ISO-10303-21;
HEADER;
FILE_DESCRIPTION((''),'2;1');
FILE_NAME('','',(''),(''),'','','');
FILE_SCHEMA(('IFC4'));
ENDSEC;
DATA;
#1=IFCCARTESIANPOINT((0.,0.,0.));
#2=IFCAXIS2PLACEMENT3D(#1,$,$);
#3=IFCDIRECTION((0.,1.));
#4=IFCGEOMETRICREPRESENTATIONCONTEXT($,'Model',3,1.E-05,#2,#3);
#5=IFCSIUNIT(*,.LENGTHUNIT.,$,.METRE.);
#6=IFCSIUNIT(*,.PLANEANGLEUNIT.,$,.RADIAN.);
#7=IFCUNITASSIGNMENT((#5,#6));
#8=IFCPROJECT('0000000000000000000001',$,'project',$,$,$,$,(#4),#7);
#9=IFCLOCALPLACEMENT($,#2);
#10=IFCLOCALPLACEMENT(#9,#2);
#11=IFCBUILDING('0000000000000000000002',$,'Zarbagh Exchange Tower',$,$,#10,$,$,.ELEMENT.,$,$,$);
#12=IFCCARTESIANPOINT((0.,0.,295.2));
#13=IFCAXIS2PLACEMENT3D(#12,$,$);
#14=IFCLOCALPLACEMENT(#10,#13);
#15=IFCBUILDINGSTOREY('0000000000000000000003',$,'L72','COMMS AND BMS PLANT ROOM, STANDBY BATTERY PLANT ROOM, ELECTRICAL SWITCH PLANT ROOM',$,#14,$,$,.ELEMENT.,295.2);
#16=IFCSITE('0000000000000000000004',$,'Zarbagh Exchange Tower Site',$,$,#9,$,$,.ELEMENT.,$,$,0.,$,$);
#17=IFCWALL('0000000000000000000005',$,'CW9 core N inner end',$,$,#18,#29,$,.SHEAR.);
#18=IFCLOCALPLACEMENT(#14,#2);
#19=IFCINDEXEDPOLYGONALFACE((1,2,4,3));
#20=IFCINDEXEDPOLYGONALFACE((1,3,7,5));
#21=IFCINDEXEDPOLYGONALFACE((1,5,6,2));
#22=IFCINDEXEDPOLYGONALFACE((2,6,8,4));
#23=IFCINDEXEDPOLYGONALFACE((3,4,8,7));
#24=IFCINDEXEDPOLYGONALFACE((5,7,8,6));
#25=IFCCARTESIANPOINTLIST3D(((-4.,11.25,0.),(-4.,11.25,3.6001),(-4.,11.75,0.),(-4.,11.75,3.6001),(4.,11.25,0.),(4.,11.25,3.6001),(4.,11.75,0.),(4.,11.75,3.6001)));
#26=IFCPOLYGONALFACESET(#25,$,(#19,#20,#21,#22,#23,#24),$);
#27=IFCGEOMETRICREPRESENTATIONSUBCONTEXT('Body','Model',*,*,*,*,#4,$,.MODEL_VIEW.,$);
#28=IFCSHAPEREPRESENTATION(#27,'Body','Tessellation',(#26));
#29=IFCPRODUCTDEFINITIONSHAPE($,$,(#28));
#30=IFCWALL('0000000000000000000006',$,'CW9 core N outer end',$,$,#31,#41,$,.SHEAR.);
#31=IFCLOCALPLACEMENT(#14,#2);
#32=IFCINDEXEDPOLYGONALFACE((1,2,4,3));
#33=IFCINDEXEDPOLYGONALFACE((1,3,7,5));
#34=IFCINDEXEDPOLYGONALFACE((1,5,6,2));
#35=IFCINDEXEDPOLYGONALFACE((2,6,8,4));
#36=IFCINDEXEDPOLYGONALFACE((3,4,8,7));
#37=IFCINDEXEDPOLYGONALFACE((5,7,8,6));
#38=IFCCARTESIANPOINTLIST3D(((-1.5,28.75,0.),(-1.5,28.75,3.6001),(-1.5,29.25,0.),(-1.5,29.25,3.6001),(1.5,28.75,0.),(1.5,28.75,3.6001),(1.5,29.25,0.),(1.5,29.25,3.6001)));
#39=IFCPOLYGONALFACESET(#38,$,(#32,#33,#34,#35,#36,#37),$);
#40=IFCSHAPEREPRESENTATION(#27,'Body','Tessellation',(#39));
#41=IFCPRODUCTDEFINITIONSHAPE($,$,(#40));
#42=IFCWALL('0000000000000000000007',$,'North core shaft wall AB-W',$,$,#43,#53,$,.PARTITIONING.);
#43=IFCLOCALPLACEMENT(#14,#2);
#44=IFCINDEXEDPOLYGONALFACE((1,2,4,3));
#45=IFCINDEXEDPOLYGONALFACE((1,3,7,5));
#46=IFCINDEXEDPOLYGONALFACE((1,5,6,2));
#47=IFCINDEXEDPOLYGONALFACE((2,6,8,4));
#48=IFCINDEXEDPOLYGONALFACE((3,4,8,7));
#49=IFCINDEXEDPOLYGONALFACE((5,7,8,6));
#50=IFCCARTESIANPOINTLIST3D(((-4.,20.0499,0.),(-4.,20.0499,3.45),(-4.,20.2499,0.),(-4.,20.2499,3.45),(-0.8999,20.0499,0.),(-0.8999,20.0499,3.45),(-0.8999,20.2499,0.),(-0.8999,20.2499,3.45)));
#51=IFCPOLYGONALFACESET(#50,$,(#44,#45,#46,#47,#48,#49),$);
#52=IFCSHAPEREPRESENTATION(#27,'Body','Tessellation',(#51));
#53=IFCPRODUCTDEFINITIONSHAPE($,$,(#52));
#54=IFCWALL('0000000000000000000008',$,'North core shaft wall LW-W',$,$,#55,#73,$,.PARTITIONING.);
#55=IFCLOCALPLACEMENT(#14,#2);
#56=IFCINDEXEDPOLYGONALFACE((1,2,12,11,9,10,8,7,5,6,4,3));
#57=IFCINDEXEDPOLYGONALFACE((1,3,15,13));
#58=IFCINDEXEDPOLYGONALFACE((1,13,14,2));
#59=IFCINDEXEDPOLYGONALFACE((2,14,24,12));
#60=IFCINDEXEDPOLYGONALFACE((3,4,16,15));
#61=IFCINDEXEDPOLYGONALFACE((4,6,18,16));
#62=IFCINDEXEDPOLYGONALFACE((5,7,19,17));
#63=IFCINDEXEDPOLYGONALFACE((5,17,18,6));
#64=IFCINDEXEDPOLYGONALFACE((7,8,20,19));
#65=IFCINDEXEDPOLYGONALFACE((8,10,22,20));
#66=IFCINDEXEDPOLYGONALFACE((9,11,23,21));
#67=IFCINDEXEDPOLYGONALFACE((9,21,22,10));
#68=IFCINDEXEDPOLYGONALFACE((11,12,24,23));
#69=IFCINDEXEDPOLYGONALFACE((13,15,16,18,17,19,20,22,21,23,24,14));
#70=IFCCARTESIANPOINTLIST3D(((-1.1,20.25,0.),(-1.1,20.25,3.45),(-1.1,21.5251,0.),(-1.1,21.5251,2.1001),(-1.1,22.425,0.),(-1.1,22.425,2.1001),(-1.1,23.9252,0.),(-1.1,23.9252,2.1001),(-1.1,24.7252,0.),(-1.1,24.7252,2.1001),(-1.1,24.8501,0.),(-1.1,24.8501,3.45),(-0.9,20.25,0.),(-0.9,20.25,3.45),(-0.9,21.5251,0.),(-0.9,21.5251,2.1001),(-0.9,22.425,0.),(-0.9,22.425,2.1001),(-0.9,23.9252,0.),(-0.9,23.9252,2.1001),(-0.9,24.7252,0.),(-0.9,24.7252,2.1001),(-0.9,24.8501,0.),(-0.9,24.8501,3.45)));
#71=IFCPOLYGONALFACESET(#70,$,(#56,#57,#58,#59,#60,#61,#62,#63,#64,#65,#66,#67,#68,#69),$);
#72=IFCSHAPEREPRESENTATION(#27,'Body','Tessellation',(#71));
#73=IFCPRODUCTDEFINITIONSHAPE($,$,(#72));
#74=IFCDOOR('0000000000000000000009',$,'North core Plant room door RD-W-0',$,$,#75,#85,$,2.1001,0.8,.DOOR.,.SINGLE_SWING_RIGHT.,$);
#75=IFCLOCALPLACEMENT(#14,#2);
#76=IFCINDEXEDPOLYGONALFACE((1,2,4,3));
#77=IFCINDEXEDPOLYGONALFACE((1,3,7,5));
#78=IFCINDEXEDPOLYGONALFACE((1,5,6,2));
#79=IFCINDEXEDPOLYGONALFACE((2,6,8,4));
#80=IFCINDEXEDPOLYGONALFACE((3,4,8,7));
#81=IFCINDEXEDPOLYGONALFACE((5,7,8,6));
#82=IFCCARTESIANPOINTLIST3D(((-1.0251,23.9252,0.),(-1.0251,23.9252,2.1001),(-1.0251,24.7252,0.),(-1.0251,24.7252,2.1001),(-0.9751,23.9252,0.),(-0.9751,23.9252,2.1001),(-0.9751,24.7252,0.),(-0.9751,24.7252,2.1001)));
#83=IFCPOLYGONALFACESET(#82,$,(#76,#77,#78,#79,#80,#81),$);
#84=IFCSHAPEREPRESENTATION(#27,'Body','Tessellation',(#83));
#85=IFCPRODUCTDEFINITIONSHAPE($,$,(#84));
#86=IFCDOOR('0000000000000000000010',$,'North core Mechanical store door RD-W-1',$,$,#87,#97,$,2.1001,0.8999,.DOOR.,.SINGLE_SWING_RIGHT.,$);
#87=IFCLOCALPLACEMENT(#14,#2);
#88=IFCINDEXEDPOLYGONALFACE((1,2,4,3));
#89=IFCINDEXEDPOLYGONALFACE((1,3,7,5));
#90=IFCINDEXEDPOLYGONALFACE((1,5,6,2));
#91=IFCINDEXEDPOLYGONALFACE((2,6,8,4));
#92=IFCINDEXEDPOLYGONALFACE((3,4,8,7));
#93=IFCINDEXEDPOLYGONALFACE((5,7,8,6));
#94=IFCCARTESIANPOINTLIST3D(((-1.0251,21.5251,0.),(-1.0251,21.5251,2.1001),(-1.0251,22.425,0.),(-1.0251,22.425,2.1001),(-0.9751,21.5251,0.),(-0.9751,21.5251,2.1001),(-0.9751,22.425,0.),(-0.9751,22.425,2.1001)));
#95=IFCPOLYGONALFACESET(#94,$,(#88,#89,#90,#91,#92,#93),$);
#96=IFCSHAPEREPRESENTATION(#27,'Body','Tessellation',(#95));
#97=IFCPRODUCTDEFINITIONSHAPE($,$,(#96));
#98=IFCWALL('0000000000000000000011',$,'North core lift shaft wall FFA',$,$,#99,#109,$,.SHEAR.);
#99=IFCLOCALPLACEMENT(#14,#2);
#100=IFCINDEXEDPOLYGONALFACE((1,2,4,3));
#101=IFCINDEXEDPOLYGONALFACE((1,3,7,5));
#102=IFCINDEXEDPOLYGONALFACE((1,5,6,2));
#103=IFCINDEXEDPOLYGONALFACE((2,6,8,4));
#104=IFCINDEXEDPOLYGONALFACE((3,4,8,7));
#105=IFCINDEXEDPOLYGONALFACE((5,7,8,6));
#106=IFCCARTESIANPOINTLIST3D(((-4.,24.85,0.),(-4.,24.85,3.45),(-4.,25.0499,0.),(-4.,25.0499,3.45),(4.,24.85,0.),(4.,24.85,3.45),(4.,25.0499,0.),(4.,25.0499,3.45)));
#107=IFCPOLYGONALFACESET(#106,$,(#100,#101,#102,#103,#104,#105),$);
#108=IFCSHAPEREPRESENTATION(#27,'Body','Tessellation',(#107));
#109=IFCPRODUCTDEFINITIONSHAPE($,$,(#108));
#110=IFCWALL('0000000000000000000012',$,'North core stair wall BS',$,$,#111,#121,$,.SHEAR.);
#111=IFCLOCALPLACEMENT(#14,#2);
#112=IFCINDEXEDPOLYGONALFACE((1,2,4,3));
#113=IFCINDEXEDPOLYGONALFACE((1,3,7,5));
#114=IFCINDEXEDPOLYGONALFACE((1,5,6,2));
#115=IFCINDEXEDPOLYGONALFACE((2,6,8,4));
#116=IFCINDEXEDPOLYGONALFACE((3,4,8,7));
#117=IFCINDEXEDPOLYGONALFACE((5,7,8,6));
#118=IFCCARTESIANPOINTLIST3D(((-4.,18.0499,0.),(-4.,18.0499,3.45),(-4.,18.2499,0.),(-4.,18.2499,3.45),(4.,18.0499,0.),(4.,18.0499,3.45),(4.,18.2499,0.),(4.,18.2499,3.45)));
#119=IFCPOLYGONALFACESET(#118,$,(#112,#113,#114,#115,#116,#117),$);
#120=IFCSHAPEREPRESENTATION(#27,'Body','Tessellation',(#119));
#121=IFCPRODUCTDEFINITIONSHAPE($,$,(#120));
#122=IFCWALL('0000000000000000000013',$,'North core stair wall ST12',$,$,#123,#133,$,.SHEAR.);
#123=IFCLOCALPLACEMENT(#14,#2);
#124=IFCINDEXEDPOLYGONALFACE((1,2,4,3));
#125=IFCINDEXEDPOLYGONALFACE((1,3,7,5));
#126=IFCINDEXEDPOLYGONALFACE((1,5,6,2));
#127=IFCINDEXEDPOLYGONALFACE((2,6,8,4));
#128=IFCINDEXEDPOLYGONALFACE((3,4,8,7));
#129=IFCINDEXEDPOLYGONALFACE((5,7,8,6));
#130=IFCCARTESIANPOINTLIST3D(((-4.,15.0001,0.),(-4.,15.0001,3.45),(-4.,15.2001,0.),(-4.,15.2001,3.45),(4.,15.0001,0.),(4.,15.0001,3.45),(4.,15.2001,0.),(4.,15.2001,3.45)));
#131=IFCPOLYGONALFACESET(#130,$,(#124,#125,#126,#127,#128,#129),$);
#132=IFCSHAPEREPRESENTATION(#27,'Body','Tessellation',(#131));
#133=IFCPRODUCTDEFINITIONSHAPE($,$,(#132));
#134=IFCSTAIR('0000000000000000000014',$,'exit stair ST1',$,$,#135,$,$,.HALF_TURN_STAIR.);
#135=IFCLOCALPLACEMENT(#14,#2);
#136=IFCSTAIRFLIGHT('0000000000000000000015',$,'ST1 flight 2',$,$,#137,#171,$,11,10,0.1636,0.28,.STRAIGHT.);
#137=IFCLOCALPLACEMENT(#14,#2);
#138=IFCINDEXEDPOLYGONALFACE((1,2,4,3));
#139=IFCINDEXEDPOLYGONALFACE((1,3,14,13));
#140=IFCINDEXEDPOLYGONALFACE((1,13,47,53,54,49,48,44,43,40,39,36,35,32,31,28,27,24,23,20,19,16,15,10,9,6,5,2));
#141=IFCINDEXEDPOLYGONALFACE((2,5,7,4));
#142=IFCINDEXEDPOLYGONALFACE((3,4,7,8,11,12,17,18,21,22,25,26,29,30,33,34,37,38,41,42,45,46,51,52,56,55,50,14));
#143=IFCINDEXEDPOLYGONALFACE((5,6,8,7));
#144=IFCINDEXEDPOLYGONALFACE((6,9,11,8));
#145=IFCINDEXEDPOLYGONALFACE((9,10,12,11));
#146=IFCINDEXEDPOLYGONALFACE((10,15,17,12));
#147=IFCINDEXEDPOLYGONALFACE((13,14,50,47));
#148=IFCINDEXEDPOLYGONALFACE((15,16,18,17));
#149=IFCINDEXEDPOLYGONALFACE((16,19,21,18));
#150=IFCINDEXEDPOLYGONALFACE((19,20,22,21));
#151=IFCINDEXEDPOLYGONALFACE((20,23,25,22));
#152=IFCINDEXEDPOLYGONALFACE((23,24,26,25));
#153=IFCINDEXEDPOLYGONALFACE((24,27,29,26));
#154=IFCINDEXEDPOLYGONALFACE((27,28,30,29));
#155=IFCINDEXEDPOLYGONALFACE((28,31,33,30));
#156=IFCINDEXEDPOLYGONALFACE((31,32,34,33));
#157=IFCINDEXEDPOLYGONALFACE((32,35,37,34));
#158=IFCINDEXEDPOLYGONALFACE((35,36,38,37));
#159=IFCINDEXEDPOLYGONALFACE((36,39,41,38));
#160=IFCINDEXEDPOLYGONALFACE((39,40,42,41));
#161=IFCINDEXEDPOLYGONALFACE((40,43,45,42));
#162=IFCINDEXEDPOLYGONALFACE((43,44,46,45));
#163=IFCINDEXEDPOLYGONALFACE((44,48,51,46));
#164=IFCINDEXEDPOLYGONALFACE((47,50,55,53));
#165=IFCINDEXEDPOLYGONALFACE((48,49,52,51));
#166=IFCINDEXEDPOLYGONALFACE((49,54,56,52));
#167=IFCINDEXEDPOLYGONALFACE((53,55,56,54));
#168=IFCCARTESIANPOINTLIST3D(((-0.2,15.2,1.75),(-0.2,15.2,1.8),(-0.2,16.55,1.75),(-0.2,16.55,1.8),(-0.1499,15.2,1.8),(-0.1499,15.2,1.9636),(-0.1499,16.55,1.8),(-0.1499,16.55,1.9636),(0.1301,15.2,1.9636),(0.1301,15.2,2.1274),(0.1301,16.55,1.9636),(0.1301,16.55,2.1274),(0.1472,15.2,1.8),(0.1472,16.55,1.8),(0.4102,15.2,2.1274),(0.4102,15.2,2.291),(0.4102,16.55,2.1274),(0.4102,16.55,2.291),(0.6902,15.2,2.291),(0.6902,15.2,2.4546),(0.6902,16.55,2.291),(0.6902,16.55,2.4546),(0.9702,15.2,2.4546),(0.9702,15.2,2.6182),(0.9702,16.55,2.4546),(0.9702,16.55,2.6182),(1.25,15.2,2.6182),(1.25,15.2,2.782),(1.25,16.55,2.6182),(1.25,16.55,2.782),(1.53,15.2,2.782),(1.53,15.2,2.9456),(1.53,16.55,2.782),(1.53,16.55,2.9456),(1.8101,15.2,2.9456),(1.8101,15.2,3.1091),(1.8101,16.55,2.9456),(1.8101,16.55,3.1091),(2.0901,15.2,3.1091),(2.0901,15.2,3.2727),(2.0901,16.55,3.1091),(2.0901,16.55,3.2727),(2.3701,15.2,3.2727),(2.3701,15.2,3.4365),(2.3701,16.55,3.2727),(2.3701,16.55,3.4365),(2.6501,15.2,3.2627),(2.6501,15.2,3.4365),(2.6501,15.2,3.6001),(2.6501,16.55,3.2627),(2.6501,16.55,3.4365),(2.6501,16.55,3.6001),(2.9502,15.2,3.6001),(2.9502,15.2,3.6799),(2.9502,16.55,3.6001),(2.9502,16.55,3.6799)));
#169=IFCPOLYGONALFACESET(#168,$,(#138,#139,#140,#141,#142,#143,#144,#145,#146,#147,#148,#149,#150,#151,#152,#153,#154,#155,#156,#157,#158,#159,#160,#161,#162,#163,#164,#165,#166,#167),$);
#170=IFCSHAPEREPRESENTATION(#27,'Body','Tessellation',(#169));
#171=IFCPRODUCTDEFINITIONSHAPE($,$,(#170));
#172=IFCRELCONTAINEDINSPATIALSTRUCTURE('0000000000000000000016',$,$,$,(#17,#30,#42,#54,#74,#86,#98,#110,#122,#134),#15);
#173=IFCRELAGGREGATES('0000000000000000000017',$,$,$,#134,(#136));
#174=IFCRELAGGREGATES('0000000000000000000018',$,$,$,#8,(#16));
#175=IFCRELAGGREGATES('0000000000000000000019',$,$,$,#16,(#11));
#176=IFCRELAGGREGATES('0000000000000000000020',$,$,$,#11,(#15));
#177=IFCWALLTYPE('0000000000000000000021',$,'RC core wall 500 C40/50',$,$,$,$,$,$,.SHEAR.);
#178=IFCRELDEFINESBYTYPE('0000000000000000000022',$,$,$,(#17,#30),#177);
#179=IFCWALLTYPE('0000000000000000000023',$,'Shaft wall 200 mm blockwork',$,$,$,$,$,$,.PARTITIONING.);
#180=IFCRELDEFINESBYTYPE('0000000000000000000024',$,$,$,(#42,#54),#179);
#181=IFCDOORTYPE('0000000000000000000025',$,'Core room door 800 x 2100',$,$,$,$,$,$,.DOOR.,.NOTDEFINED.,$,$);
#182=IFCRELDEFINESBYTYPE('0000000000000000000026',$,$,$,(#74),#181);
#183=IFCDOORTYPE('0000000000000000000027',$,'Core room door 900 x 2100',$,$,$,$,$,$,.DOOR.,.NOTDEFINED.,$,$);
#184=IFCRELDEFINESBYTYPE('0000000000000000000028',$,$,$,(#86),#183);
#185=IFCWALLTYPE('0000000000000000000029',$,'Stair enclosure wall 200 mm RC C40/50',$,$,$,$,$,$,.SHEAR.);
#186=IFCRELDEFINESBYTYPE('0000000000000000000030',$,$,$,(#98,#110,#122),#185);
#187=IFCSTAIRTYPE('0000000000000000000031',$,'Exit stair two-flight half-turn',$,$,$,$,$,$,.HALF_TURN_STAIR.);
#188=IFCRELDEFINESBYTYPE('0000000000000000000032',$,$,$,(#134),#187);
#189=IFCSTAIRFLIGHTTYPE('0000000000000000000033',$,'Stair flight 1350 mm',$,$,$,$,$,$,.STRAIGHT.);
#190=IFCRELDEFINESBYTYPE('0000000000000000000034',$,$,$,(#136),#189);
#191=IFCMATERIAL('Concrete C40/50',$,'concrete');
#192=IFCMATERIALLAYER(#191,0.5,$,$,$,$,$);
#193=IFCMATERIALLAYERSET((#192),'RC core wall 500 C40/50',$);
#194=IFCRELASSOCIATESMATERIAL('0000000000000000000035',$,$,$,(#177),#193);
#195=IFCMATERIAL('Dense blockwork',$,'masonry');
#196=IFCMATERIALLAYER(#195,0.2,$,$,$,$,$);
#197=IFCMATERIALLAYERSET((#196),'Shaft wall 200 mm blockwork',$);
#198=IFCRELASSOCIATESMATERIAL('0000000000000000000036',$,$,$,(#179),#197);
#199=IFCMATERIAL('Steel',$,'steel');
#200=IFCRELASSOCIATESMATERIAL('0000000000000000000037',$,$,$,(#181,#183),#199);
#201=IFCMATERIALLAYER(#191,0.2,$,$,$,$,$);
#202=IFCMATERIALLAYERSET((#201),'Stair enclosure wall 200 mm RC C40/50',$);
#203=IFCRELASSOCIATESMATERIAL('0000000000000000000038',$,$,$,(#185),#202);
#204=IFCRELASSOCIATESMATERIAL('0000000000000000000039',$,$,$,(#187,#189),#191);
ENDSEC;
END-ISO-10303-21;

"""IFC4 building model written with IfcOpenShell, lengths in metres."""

from ifc_helpers import new_model, si_unit, direction, frame, frame_2d, origin, place, context, subcontext, project, spatial, polyline, rectangle, outline, extrude, material, layer, layer_set, type_object, element, fill, aggregate, save


model = new_model("IFC4")

# Units and contexts
model_context = context("Model", 3, precision=1e-05, world=origin(), true_north=direction((0.0, 1.0)))
body_context = subcontext(model_context, "Body", "Model", "MODEL_VIEW")
ifc_project = project(units=[si_unit("LENGTHUNIT", "METRE"), si_unit("PLANEANGLEUNIT", "RADIAN")], contexts=[model_context])

# Site, building, storey
site_placement = place(None, origin())
site = spatial("IfcSite", under=ifc_project, at=site_placement, Name="Zarbagh Exchange Tower Site", CompositionType="ELEMENT", RefElevation=0.0)
building_placement = place(site_placement, origin())
building = spatial("IfcBuilding", under=site, at=building_placement, Name="Zarbagh Exchange Tower", CompositionType="ELEMENT")
storey_placement = place(building_placement, frame((0.0, 0.0, 295.2)))
storey = spatial("IfcBuildingStorey", under=building, at=storey_placement, Name="L72", Description="COMMS AND BMS PLANT ROOM, STANDBY BATTERY PLANT ROOM, ELECTRICAL SWITCH PLANT ROOM", CompositionType="ELEMENT", Elevation=295.2)

# Shared definitions
ifc_material_1 = material(Name="Concrete C40/50", Category="concrete")

# Shared definitions
ifc_material_2 = material(Name="Dense blockwork", Category="masonry")

# Shared definitions
ifc_layer_1 = layer(ifc_material_1, 0.5)
ifc_layer_set_1 = layer_set([ifc_layer_1], Name="RC core wall 500 C40/50")
wall_type_1 = type_object("IfcWallType", Name="RC core wall 500 C40/50", PredefinedType="SHEAR", material=ifc_layer_set_1)
ifc_material_3 = material(Name="Steel", Category="steel")

# Walls
wall_1_placement = place(storey_placement, frame((-4.0, 11.5, 0.0), z_axis=(0.0, 0.0, 1.0), x_axis=(1.0, 0.0, 0.0)))
element("IfcWall", 1, at=wall_1_placement, inside=storey, type_object=wall_type_1, Name="CW9 core N inner end", PredefinedType="SHEAR", context=body_context, shape_type="SweptSolid", body=[
    extrude(rectangle(XDim=8.0, YDim=0.5, at=frame_2d((4.0, 0.0))), origin(), (0.0, 0.0, 1.0), 3.6001),
])
wall_2_placement = place(storey_placement, frame((-1.5, 29.0, 0.0), z_axis=(0.0, 0.0, 1.0), x_axis=(1.0, 0.0, 0.0)))
element("IfcWall", 2, at=wall_2_placement, inside=storey, type_object=wall_type_1, Name="CW9 core N outer end", PredefinedType="SHEAR", context=body_context, shape_type="SweptSolid", body=[
    extrude(rectangle(XDim=3.0, YDim=0.5, at=frame_2d((1.5, 0.0))), origin(), (0.0, 0.0, 1.0), 3.6001),
])
ifc_layer_2 = layer(ifc_material_2, 0.2)
ifc_layer_set_2 = layer_set([ifc_layer_2], Name="Shaft wall 200 mm blockwork")
wall_type_2 = type_object("IfcWallType", Name="Shaft wall 200 mm blockwork", PredefinedType="PARTITIONING", material=ifc_layer_set_2)
wall_3_placement = place(storey_placement, frame((-4.0, 20.1499, 0.0), z_axis=(0.0, 0.0, 1.0), x_axis=(1.0, 0.0, 0.0)))
element("IfcWall", 3, at=wall_3_placement, inside=storey, type_object=wall_type_2, Name="North core shaft wall AB-W", PredefinedType="PARTITIONING", context=body_context, shape_type="SweptSolid", body=[
    extrude(rectangle(XDim=3.1001, YDim=0.2, at=frame_2d((1.55, 0.0))), origin(), (0.0, 0.0, 1.0), 3.45),
])

# Wall, openings, doors
wall_4_placement = place(storey_placement, frame((-1.0, 24.8501, 0.0), z_axis=(0.0, 0.0, 1.0), x_axis=(0.0, -1.0, 0.0)))
wall_4 = element("IfcWall", 4, at=wall_4_placement, inside=storey, type_object=wall_type_2, Name="North core shaft wall LW-W", PredefinedType="PARTITIONING", context=body_context, shape_type="SweptSolid", body=[
    extrude(rectangle(XDim=4.6001, YDim=0.2, at=frame_2d((2.3, 0.0))), origin(), (0.0, 0.0, 1.0), 3.45),
])
opening_1_placement = place(wall_4_placement, frame((0.125, 0.0, 0.0)))
opening_1 = element("IfcOpeningElement", 5, at=opening_1_placement, cuts=wall_4, PredefinedType="OPENING", context=body_context, shape_type="SweptSolid", body=[
    extrude(rectangle(XDim=0.8, YDim=2.1001, at=frame_2d((0.3999, 1.05))), frame((0.0, 0.1099, 0.0), z_axis=(0.0, -1.0, 0.0), x_axis=(1.0, 0.0, 0.0)), (0.0, 0.0, 1.0), 0.22),
])
opening_2_placement = place(wall_4_placement, frame((2.425, 0.0, 0.0)))
opening_2 = element("IfcOpeningElement", 6, at=opening_2_placement, cuts=wall_4, PredefinedType="OPENING", context=body_context, shape_type="SweptSolid", body=[
    extrude(rectangle(XDim=0.8999, YDim=2.1001, at=frame_2d((0.45, 1.05))), frame((0.0, 0.1099, 0.0), z_axis=(0.0, -1.0, 0.0), x_axis=(1.0, 0.0, 0.0)), (0.0, 0.0, 1.0), 0.22),
])
door_type_1 = type_object("IfcDoorType", Name="Core room door 800 x 2100", OperationType="NOTDEFINED", PredefinedType="DOOR", material=ifc_material_3)
door_1_placement = place(opening_1_placement, origin())
door_1 = element("IfcDoor", 7, at=door_1_placement, inside=storey, type_object=door_type_1, Name="North core Plant room door RD-W-0", OperationType="SINGLE_SWING_RIGHT", OverallHeight=2.1001, OverallWidth=0.8, PredefinedType="DOOR", context=body_context, shape_type="SweptSolid", body=[
    extrude(rectangle(XDim=0.8, YDim=2.1001, at=frame_2d((0.3999, 1.05))), frame((0.0, 0.0249, 0.0), z_axis=(0.0, -1.0, 0.0), x_axis=(1.0, 0.0, 0.0)), (0.0, 0.0, 1.0), 0.05),
])
fill(opening_1, door_1)
door_type_2 = type_object("IfcDoorType", Name="Core room door 900 x 2100", OperationType="NOTDEFINED", PredefinedType="DOOR", material=ifc_material_3)
door_2_placement = place(opening_2_placement, origin())
door_2 = element("IfcDoor", 8, at=door_2_placement, inside=storey, type_object=door_type_2, Name="North core Mechanical store door RD-W-1", OperationType="SINGLE_SWING_RIGHT", OverallHeight=2.1001, OverallWidth=0.8999, PredefinedType="DOOR", context=body_context, shape_type="SweptSolid", body=[
    extrude(rectangle(XDim=0.8999, YDim=2.1001, at=frame_2d((0.45, 1.05))), frame((0.0, 0.0249, 0.0), z_axis=(0.0, -1.0, 0.0), x_axis=(1.0, 0.0, 0.0)), (0.0, 0.0, 1.0), 0.05),
])
fill(opening_2, door_2)

# Walls
ifc_layer_3 = layer(ifc_material_1, 0.2)
ifc_layer_set_3 = layer_set([ifc_layer_3], Name="Stair enclosure wall 200 mm RC C40/50")
wall_type_3 = type_object("IfcWallType", Name="Stair enclosure wall 200 mm RC C40/50", PredefinedType="SHEAR", material=ifc_layer_set_3)
for number, where, z_axis, x_axis, name in (
    (9, (-4.0, 24.95, 0.0), (0.0, 0.0, 1.0), (1.0, 0.0, 0.0), "North core lift shaft wall FFA"),
    (10, (-4.0, 18.1499, 0.0), (0.0, 0.0, 1.0), (1.0, 0.0, 0.0), "North core stair wall BS"),
    (11, (-4.0, 15.1001, 0.0), (0.0, 0.0, 1.0), (1.0, 0.0, 0.0), "North core stair wall ST12"),
):
    element("IfcWall", number, at=place(storey_placement, frame(where, z_axis=z_axis, x_axis=x_axis)), inside=storey, type_object=wall_type_3, Name=name, PredefinedType="SHEAR", context=body_context, shape_type="SweptSolid", body=[
        extrude(rectangle(XDim=8.0, YDim=0.2, at=frame_2d((4.0, 0.0))), origin(), (0.0, 0.0, 1.0), 3.45),
    ])

# Stair, stair flight
stair_type = type_object("IfcStairType", Name="Exit stair two-flight half-turn", PredefinedType="HALF_TURN_STAIR", material=ifc_material_1)
stair_1_placement = place(storey_placement, origin())
stair_1 = element("IfcStair", 12, at=stair_1_placement, inside=storey, type_object=stair_type, Name="exit stair ST1", PredefinedType="HALF_TURN_STAIR")
stair_flight_type_1 = type_object("IfcStairFlightType", Name="Stair flight 1350 mm", PredefinedType="STRAIGHT", material=ifc_material_1)
stair_flight_1_placement = place(storey_placement, frame((-0.1499, 15.875, 1.8), z_axis=(0.0, 0.0, 1.0), x_axis=(1.0, 0.0, 0.0)))
stair_flight_1 = element("IfcStairFlight", 13, at=stair_flight_1_placement, type_object=stair_flight_type_1, Name="ST1 flight 2", NumberOfRisers=11, NumberOfTreads=10, PredefinedType="STRAIGHT", RiserHeight=0.1636, TreadLength=0.28, context=body_context, shape_type="SweptSolid", body=[
    extrude(outline(polyline([(-0.05, -0.05), (-0.05, 0.0), (0.0, 0.0), (0.0, 0.1636), (0.28, 0.1636), (0.28, 0.3274), (0.5601, 0.3274), (0.5601, 0.491), (0.8401, 0.491), (0.8401, 0.6545), (1.1201, 0.6545), (1.1201, 0.8181), (1.3999, 0.8181), (1.3999, 0.9819), (1.6799, 0.9819), (1.6799, 1.1455), (1.96, 1.1455), (1.96, 1.3091), (2.24, 1.3091), (2.24, 1.4727), (2.52, 1.4727), (2.52, 1.6365), (2.8, 1.6365), (2.8, 1.8), (3.1001, 1.8799), (3.1001, 1.8), (2.8, 1.4626), (0.2971, 0.0), (-0.05, -0.05)])), frame((0.0, 0.675, 0.0), z_axis=(0.0, -1.0, 0.0), x_axis=(1.0, 0.0, 0.0)), (0.0, 0.0, 1.0), 1.3501),
])
aggregate(stair_1, [stair_flight_1])

save(model, "model.ifc")
